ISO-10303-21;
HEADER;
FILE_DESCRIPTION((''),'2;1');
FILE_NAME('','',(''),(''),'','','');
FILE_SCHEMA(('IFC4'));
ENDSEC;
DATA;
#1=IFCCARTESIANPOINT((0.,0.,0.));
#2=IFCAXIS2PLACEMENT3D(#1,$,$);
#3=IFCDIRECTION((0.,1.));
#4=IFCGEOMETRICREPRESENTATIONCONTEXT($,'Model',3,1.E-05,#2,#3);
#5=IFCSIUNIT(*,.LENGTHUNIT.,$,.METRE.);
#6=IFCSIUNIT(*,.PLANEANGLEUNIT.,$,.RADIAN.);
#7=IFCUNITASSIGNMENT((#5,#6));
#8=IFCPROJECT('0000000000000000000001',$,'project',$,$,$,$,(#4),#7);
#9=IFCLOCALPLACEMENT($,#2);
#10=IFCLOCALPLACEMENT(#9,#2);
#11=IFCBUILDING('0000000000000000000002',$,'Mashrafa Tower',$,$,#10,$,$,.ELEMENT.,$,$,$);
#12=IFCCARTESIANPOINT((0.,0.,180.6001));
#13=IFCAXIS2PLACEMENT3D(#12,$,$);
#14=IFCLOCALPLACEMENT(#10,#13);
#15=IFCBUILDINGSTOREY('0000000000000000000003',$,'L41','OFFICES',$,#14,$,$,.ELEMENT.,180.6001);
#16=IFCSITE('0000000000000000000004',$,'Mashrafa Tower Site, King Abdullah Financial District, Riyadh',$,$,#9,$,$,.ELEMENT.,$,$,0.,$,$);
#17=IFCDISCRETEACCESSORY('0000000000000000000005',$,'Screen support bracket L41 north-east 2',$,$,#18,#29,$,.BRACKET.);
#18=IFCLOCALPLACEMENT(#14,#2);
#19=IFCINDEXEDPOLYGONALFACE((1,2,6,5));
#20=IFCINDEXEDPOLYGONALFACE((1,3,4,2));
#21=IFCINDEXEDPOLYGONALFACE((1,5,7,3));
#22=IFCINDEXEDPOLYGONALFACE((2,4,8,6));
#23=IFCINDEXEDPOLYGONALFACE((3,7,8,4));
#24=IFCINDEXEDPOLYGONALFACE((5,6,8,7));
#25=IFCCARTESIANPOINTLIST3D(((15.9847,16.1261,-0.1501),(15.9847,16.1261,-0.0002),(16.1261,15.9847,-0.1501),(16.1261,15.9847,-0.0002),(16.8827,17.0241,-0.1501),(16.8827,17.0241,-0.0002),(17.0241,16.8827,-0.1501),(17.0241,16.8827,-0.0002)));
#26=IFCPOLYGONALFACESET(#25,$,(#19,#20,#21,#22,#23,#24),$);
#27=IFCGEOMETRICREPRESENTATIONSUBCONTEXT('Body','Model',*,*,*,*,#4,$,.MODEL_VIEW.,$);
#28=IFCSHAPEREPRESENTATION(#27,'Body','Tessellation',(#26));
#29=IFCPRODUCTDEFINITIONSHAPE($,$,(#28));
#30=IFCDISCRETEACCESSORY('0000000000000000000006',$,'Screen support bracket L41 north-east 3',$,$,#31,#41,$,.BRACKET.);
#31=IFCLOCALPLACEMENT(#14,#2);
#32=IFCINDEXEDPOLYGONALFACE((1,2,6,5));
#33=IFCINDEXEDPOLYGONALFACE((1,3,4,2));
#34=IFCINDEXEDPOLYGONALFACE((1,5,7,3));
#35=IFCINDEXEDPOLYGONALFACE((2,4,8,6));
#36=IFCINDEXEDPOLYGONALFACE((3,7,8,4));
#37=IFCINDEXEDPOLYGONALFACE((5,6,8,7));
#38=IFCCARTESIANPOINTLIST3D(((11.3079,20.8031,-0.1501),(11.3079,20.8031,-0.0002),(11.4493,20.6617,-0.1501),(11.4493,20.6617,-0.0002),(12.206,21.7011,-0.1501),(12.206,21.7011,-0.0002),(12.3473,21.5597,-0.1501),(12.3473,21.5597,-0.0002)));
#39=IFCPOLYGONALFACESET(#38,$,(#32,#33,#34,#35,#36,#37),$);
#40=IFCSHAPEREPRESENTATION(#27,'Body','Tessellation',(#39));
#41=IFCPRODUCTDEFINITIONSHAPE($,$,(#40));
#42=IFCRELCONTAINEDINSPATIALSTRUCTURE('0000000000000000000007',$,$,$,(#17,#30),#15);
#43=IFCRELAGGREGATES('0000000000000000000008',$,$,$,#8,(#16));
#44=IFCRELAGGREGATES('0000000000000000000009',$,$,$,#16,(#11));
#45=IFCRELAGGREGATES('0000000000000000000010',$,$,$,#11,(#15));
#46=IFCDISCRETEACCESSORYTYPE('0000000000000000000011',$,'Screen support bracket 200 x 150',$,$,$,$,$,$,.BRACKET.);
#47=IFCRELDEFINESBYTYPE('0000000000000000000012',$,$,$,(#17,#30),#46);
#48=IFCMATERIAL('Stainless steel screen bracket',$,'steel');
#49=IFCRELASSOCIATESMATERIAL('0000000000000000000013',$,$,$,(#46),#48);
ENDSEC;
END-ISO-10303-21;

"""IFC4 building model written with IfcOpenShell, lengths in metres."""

from ifc_helpers import new_model, si_unit, direction, frame, origin, origin_2d, place, context, subcontext, project, spatial, rectangle, extrude, source, transform, mapped, material, type_object, type_shapes, element, save


model = new_model("IFC4")

# Units and contexts
model_context = context("Model", 3, precision=1e-05, world=origin(), true_north=direction((0.0, 1.0)))
body_context = subcontext(model_context, "Body", "Model", "MODEL_VIEW")
ifc_project = project(units=[si_unit("LENGTHUNIT", "METRE"), si_unit("PLANEANGLEUNIT", "RADIAN")], contexts=[model_context])

# Site, building, storey
site_placement = place(None, origin())
site = spatial("IfcSite", under=ifc_project, at=site_placement, Name="Mashrafa Tower Site, King Abdullah Financial District, Riyadh", CompositionType="ELEMENT", RefElevation=0.0)
building_placement = place(site_placement, origin())
building = spatial("IfcBuilding", under=site, at=building_placement, Name="Mashrafa Tower", CompositionType="ELEMENT")
storey_placement = place(building_placement, frame((0.0, 0.0, 180.6001)))
storey = spatial("IfcBuildingStorey", under=building, at=storey_placement, Name="L41", Description="OFFICES", CompositionType="ELEMENT", Elevation=180.6001)

# Discrete accessories
ifc_material_1 = material(Name="Stainless steel screen bracket", Category="steel")
discrete_accessory_type = type_object("IfcDiscreteAccessoryType", Name="Screen support bracket 200 x 150", PredefinedType="BRACKET", material=ifc_material_1)
shared_shape_1 = source(origin(), body_context, "Body", "SweptSolid", [
    extrude(rectangle(XDim=0.2, YDim=1.27, at=origin_2d()), origin(), (0.0, 0.0, 1.0), 0.1499),
])
type_shapes(discrete_accessory_type, [shared_shape_1])
for number, where, z_axis, x_axis, name in (
    (1, (16.5044, 16.5044, -0.1501), (0.0, 0.0, 1.0), (-0.707107, 0.707107, 0.0), "Screen support bracket L41 north-east 2"),
    (2, (11.8276, 21.1814, -0.1501), (0.0, 0.0, 1.0), (-0.707107, 0.707107, 0.0), "Screen support bracket L41 north-east 3"),
):
    element("IfcDiscreteAccessory", number, at=place(storey_placement, frame(where, z_axis=z_axis, x_axis=x_axis)), inside=storey, type_object=discrete_accessory_type, Name=name, PredefinedType="BRACKET", context=body_context, shape_type="MappedRepresentation", body=[
        mapped(shared_shape_1, transform((0.0, 0.0, 0.0))),
    ])

save(model, "model.ifc")
